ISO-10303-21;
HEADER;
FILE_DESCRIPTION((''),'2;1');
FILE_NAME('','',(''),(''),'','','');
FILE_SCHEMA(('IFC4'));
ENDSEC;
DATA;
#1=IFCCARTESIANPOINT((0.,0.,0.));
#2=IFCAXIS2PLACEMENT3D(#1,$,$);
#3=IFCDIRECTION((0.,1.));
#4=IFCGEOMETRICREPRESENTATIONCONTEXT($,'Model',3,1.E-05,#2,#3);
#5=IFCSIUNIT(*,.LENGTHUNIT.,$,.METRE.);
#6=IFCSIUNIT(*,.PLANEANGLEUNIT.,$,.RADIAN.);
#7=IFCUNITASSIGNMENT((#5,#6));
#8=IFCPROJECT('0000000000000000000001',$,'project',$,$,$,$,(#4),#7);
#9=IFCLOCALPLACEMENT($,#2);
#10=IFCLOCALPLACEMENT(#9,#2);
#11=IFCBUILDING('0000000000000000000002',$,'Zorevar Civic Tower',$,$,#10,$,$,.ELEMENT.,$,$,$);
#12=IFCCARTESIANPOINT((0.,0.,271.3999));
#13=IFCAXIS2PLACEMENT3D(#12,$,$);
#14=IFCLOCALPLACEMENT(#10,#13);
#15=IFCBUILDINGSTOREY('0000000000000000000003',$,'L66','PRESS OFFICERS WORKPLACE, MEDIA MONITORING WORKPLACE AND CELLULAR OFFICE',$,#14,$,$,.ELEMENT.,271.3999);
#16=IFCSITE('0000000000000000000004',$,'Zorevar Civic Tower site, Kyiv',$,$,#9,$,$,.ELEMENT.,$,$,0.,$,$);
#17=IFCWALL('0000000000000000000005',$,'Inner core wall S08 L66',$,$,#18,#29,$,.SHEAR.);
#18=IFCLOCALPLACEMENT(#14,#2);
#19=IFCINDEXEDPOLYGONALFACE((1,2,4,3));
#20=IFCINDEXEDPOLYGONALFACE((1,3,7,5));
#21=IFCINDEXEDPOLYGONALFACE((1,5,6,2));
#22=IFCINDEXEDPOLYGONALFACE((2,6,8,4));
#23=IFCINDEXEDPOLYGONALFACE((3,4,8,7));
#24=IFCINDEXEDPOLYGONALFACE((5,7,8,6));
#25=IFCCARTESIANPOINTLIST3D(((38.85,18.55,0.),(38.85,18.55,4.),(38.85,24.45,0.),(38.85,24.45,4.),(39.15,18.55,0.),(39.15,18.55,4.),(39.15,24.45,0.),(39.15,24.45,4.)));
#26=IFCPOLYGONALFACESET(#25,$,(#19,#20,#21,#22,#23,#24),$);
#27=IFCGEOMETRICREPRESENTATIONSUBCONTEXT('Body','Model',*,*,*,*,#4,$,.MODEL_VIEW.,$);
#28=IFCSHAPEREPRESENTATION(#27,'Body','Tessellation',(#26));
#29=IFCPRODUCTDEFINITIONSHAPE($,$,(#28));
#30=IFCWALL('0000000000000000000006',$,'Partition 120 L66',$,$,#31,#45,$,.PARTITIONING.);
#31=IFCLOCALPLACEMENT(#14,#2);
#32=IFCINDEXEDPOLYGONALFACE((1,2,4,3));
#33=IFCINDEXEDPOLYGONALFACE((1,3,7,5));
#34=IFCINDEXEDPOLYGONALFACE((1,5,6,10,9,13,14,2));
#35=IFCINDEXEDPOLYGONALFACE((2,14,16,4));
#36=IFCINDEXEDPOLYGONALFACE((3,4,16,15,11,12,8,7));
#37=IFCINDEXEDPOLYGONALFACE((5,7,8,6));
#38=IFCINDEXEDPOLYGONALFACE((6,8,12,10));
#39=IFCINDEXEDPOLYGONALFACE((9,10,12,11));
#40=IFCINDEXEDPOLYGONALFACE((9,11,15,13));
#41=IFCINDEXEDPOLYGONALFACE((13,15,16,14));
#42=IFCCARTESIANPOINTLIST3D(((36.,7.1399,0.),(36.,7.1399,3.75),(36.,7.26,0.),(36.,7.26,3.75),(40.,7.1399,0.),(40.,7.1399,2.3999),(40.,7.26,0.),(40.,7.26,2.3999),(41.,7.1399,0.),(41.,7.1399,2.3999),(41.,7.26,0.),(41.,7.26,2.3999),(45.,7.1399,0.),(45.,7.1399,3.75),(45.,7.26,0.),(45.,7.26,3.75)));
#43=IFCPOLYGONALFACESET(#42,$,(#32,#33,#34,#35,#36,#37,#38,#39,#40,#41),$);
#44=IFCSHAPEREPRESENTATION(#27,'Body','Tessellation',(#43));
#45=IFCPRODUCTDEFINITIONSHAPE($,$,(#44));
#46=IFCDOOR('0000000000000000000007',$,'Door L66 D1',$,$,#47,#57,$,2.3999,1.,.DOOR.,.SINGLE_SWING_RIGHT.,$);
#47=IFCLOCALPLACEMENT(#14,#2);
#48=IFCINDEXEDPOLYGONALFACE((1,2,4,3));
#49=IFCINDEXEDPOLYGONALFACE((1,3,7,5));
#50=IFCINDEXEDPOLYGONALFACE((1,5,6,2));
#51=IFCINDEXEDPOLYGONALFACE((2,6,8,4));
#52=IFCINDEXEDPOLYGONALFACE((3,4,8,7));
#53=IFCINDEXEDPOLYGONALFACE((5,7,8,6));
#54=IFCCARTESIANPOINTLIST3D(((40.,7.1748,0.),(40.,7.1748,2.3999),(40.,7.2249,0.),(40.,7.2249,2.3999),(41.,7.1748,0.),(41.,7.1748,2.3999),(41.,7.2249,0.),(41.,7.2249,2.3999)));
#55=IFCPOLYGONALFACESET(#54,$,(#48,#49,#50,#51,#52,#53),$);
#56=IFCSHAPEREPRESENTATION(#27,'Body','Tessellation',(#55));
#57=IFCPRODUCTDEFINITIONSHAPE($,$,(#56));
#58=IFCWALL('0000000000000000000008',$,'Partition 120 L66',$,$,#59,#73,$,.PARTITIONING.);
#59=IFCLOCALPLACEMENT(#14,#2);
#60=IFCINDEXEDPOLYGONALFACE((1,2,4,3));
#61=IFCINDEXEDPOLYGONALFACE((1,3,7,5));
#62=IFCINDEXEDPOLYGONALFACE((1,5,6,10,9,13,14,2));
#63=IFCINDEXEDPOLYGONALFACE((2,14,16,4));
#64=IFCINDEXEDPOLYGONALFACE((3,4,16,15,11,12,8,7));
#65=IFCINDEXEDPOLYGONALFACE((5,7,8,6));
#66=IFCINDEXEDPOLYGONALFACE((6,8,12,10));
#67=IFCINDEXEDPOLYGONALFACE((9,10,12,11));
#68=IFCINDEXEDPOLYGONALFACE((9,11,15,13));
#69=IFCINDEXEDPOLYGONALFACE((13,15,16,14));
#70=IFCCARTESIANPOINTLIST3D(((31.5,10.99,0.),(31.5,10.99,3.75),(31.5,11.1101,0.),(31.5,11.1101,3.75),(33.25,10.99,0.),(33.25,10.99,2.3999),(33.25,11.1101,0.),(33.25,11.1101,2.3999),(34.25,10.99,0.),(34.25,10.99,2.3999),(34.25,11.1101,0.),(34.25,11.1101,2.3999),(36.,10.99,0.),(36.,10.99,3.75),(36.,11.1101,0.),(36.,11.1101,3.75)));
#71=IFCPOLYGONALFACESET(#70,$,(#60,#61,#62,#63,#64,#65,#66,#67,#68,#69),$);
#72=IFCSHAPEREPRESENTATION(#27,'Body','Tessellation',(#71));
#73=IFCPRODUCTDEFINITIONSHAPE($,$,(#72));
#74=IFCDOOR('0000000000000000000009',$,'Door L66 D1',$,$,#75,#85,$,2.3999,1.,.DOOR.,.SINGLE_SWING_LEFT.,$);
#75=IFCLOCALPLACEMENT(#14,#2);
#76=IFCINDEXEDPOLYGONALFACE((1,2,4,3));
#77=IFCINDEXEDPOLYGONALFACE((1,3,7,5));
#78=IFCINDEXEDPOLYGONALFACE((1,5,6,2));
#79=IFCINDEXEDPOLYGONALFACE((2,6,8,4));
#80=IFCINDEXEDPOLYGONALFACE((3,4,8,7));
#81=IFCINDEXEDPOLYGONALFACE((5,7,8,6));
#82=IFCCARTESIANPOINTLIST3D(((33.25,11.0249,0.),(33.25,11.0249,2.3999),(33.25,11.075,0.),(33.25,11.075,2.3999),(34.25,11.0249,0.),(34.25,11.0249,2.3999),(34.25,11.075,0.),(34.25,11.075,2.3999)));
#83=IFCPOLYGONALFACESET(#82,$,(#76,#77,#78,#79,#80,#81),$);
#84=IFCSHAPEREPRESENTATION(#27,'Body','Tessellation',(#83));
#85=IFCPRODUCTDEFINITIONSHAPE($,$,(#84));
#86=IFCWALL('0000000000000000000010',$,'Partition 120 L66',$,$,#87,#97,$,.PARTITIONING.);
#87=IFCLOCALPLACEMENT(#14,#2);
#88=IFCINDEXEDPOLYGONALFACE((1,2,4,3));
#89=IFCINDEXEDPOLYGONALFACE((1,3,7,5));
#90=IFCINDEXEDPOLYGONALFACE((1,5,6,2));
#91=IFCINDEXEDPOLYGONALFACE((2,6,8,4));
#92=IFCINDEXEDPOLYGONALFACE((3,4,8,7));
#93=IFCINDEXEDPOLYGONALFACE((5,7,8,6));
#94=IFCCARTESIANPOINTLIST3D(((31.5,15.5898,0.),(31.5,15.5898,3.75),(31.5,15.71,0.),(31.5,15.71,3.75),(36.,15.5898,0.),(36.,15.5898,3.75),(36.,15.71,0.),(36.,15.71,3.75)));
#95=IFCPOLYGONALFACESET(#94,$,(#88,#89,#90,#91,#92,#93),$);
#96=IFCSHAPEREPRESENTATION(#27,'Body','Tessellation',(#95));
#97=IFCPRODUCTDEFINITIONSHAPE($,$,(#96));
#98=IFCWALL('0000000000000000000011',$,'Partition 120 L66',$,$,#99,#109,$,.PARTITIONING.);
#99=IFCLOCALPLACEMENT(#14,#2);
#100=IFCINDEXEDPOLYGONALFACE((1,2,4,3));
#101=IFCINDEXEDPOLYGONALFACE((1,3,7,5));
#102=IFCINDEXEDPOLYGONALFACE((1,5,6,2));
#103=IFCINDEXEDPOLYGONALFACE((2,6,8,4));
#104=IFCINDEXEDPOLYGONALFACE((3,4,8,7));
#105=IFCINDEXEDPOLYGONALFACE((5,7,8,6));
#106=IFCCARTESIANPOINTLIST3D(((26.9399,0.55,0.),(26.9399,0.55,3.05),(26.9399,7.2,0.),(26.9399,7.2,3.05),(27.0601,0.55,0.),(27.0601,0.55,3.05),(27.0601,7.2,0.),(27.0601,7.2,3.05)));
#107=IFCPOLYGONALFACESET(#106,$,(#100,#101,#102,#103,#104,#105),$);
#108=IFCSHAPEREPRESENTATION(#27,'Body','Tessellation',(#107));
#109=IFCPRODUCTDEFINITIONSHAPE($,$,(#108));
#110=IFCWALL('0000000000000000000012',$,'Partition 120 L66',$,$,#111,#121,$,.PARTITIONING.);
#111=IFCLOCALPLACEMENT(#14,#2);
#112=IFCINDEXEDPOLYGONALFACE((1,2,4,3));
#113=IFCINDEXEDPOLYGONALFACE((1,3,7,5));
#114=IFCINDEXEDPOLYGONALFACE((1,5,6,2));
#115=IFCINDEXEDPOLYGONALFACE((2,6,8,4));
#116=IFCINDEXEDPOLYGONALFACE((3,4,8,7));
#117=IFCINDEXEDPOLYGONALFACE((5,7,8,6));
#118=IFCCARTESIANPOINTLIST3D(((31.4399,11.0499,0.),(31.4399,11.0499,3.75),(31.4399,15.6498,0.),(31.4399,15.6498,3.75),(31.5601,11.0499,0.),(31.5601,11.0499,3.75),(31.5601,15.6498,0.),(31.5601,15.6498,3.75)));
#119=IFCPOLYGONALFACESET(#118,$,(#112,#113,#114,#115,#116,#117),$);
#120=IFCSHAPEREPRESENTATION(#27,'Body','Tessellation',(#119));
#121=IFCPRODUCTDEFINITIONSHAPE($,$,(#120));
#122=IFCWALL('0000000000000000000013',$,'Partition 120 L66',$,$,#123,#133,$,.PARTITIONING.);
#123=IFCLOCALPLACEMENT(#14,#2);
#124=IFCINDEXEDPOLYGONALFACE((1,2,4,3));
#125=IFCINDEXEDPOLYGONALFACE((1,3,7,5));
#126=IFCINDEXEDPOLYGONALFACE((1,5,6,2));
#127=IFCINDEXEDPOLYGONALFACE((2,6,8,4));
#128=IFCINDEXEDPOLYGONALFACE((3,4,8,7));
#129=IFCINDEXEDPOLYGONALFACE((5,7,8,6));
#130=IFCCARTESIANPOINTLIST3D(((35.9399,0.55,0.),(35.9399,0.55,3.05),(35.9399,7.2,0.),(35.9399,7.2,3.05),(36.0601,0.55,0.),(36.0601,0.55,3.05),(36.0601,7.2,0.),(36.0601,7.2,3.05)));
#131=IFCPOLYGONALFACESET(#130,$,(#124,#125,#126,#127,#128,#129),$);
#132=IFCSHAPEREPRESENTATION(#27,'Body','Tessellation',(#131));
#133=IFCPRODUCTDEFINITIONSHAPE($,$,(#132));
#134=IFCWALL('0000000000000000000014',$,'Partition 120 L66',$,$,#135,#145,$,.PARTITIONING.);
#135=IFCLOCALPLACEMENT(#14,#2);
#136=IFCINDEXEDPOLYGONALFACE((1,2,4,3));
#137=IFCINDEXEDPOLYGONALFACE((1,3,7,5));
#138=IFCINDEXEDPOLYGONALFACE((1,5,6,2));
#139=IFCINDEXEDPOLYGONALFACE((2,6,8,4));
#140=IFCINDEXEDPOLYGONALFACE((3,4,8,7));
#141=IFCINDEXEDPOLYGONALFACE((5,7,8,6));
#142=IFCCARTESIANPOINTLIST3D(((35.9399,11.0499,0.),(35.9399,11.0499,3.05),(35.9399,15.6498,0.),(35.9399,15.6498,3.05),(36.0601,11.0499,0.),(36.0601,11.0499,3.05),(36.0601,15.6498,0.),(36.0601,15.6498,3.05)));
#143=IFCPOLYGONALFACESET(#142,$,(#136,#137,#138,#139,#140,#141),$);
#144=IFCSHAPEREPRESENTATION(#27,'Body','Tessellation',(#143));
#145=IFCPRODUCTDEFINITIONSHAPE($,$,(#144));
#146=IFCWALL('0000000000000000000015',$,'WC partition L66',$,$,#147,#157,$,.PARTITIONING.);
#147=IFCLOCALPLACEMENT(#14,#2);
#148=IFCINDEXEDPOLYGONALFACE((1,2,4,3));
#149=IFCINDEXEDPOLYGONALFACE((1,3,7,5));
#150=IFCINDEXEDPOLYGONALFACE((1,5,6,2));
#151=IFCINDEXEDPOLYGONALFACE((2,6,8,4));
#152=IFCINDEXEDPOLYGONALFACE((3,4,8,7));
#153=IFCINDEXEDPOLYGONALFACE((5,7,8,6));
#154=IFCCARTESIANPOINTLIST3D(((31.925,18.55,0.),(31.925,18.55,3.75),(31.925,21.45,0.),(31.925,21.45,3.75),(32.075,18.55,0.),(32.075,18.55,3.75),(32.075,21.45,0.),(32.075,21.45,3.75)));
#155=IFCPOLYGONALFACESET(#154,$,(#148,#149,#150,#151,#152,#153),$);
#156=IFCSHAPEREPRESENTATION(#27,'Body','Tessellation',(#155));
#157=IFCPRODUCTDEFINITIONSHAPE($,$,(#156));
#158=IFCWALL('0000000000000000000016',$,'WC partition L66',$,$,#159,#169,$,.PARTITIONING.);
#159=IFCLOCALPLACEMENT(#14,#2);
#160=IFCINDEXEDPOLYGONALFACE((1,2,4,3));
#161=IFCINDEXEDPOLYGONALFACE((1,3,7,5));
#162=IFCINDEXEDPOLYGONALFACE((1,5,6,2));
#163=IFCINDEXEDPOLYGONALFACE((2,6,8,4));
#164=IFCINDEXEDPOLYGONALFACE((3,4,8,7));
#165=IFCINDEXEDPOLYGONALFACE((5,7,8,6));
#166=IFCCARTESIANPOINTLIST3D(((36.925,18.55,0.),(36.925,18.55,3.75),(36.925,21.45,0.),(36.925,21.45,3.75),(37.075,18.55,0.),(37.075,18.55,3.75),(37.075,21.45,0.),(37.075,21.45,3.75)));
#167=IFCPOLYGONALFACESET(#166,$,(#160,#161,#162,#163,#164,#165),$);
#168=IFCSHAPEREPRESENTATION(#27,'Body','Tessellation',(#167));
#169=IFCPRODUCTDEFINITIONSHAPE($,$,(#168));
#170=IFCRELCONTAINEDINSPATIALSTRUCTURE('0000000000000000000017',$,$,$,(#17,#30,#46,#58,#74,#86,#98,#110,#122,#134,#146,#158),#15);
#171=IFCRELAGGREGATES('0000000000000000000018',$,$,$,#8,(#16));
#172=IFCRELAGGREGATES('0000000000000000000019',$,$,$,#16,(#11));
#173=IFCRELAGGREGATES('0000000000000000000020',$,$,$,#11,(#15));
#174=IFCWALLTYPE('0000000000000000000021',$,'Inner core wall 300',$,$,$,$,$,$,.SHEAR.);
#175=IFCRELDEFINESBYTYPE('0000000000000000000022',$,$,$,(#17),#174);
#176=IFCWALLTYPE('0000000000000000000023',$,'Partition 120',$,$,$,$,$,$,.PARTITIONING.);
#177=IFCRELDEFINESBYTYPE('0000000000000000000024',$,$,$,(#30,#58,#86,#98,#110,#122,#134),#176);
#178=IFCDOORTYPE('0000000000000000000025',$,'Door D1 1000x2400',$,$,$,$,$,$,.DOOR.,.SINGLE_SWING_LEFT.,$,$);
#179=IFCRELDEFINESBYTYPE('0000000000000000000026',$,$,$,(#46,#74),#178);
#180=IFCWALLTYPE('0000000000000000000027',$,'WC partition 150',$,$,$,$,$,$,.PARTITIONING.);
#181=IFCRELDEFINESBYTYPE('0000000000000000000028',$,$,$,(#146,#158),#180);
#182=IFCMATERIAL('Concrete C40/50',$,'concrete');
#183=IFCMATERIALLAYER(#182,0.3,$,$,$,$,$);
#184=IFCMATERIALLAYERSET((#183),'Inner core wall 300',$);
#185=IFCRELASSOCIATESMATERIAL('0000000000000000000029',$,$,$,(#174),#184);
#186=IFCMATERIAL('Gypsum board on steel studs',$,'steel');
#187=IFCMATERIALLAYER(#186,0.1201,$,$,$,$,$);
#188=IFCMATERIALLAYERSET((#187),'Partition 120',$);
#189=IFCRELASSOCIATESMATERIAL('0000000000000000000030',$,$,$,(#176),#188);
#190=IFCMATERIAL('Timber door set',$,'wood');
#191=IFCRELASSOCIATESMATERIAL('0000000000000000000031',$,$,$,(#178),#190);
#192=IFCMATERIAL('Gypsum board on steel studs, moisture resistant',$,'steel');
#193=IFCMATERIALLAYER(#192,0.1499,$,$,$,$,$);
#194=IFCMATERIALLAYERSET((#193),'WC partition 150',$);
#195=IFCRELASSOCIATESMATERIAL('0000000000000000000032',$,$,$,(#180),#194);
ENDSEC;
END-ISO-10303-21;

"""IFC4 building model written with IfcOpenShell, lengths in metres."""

from ifc_helpers import new_model, si_unit, direction, frame, frame_2d, origin, place, context, subcontext, project, spatial, rectangle, extrude, material, layer, layer_set, type_object, element, fill, save


model = new_model("IFC4")

# Units and contexts
model_context = context("Model", 3, precision=1e-05, world=origin(), true_north=direction((0.0, 1.0)))
body_context = subcontext(model_context, "Body", "Model", "MODEL_VIEW")
ifc_project = project(units=[si_unit("LENGTHUNIT", "METRE"), si_unit("PLANEANGLEUNIT", "RADIAN")], contexts=[model_context])

# Site, building, storey
site_placement = place(None, origin())
site = spatial("IfcSite", under=ifc_project, at=site_placement, Name="Zorevar Civic Tower site, Kyiv", CompositionType="ELEMENT", RefElevation=0.0)
building_placement = place(site_placement, origin())
building = spatial("IfcBuilding", under=site, at=building_placement, Name="Zorevar Civic Tower", CompositionType="ELEMENT")
storey_placement = place(building_placement, frame((0.0, 0.0, 271.3999)))
storey = spatial("IfcBuildingStorey", under=building, at=storey_placement, Name="L66", Description="PRESS OFFICERS WORKPLACE, MEDIA MONITORING WORKPLACE AND CELLULAR OFFICE", CompositionType="ELEMENT", Elevation=271.3999)

# Wall
ifc_material_1 = material(Name="Concrete C40/50", Category="concrete")
ifc_layer_1 = layer(ifc_material_1, 0.3)
ifc_layer_set_1 = layer_set([ifc_layer_1], Name="Inner core wall 300")
wall_type_1 = type_object("IfcWallType", Name="Inner core wall 300", PredefinedType="SHEAR", material=ifc_layer_set_1)
wall_1_placement = place(storey_placement, frame((39.0, 18.55, 0.0), z_axis=(0.0, 0.0, 1.0), x_axis=(0.0, 1.0, 0.0)))
element("IfcWall", 1, at=wall_1_placement, inside=storey, type_object=wall_type_1, Name="Inner core wall S08 L66", PredefinedType="SHEAR", context=body_context, shape_type="SweptSolid", body=[
    extrude(rectangle(XDim=5.8999, YDim=0.3, at=frame_2d((2.95, 0.0))), origin(), (0.0, 0.0, 1.0), 4.0),
])

# Walls, openings, doors
ifc_material_2 = material(Name="Gypsum board on steel studs", Category="steel")
ifc_layer_2 = layer(ifc_material_2, 0.1201)
ifc_layer_set_2 = layer_set([ifc_layer_2], Name="Partition 120")
wall_type_2 = type_object("IfcWallType", Name="Partition 120", PredefinedType="PARTITIONING", material=ifc_layer_set_2)
wall_2_placement = place(storey_placement, frame((36.0, 7.2, 0.0), z_axis=(0.0, 0.0, 1.0), x_axis=(1.0, 0.0, 0.0)))
wall_2 = element("IfcWall", 2, at=wall_2_placement, inside=storey, type_object=wall_type_2, Name="Partition 120 L66", PredefinedType="PARTITIONING", context=body_context, shape_type="SweptSolid", body=[
    extrude(rectangle(XDim=9.0, YDim=0.1201, at=frame_2d((4.5, 0.0))), origin(), (0.0, 0.0, 1.0), 3.75),
])
opening_1_placement = place(wall_2_placement, frame((4.0, 0.0, 0.0)))
opening_1 = element("IfcOpeningElement", 3, at=opening_1_placement, cuts=wall_2, PredefinedType="OPENING", context=body_context, shape_type="SweptSolid", body=[
    extrude(rectangle(XDim=1.0, YDim=2.3999, at=frame_2d((0.5, 1.2))), frame((0.0, 0.0701, 0.0), z_axis=(0.0, -1.0, 0.0), x_axis=(1.0, 0.0, 0.0)), (0.0, 0.0, 1.0), 0.1401),
])
ifc_material_3 = material(Name="Timber door set", Category="wood")
door_type_1 = type_object("IfcDoorType", Name="Door D1 1000x2400", OperationType="SINGLE_SWING_LEFT", PredefinedType="DOOR", material=ifc_material_3)
door_1_placement = place(opening_1_placement, origin())
door_1 = element("IfcDoor", 4, at=door_1_placement, inside=storey, type_object=door_type_1, Name="Door L66 D1", OperationType="SINGLE_SWING_RIGHT", OverallHeight=2.3999, OverallWidth=1.0, PredefinedType="DOOR", context=body_context, shape_type="SweptSolid", body=[
    extrude(rectangle(XDim=1.0, YDim=2.3999, at=frame_2d((0.5, 1.2))), frame((0.0, 0.0249, 0.0), z_axis=(0.0, -1.0, 0.0), x_axis=(1.0, 0.0, 0.0)), (0.0, 0.0, 1.0), 0.05),
])
fill(opening_1, door_1)
wall_3_placement = place(storey_placement, frame((31.5, 11.05, 0.0), z_axis=(0.0, 0.0, 1.0), x_axis=(1.0, 0.0, 0.0)))
wall_3 = element("IfcWall", 5, at=wall_3_placement, inside=storey, type_object=wall_type_2, Name="Partition 120 L66", PredefinedType="PARTITIONING", context=body_context, shape_type="SweptSolid", body=[
    extrude(rectangle(XDim=4.5, YDim=0.1201, at=frame_2d((2.25, 0.0))), origin(), (0.0, 0.0, 1.0), 3.75),
])
opening_2_placement = place(wall_3_placement, frame((1.75, 0.0, 0.0)))
opening_2 = element("IfcOpeningElement", 6, at=opening_2_placement, cuts=wall_3, PredefinedType="OPENING", context=body_context, shape_type="SweptSolid", body=[
    extrude(rectangle(XDim=1.0, YDim=2.3999, at=frame_2d((0.5, 1.2))), frame((0.0, 0.0701, 0.0), z_axis=(0.0, -1.0, 0.0), x_axis=(1.0, 0.0, 0.0)), (0.0, 0.0, 1.0), 0.1401),
])
door_2_placement = place(opening_2_placement, origin())
door_2 = element("IfcDoor", 7, at=door_2_placement, inside=storey, type_object=door_type_1, Name="Door L66 D1", OperationType="SINGLE_SWING_LEFT", OverallHeight=2.3999, OverallWidth=1.0, PredefinedType="DOOR", context=body_context, shape_type="SweptSolid", body=[
    extrude(rectangle(XDim=1.0, YDim=2.3999, at=frame_2d((0.5, 1.2))), frame((0.0, 0.0249, 0.0), z_axis=(0.0, -1.0, 0.0), x_axis=(1.0, 0.0, 0.0)), (0.0, 0.0, 1.0), 0.05),
])
fill(opening_2, door_2)

# Walls
wall_4_placement = place(storey_placement, frame((31.5, 15.6499, 0.0), z_axis=(0.0, 0.0, 1.0), x_axis=(1.0, 0.0, 0.0)))
element("IfcWall", 8, at=wall_4_placement, inside=storey, type_object=wall_type_2, Name="Partition 120 L66", PredefinedType="PARTITIONING", context=body_context, shape_type="SweptSolid", body=[
    extrude(rectangle(XDim=4.5, YDim=0.1201, at=frame_2d((2.25, 0.0))), origin(), (0.0, 0.0, 1.0), 3.75),
])
wall_5_placement = place(storey_placement, frame((27.0, 0.55, 0.0), z_axis=(0.0, 0.0, 1.0), x_axis=(0.0, 1.0, 0.0)))
element("IfcWall", 9, at=wall_5_placement, inside=storey, type_object=wall_type_2, Name="Partition 120 L66", PredefinedType="PARTITIONING", context=body_context, shape_type="SweptSolid", body=[
    extrude(rectangle(XDim=6.6499, YDim=0.1201, at=frame_2d((3.325, 0.0))), origin(), (0.0, 0.0, 1.0), 3.05),
])
wall_6_placement = place(storey_placement, frame((31.5, 11.05, 0.0), z_axis=(0.0, 0.0, 1.0), x_axis=(0.0, 1.0, 0.0)))
element("IfcWall", 10, at=wall_6_placement, inside=storey, type_object=wall_type_2, Name="Partition 120 L66", PredefinedType="PARTITIONING", context=body_context, shape_type="SweptSolid", body=[
    extrude(rectangle(XDim=4.5999, YDim=0.1201, at=frame_2d((2.2998, 0.0))), origin(), (0.0, 0.0, 1.0), 3.75),
])
wall_7_placement = place(storey_placement, frame((36.0, 0.55, 0.0), z_axis=(0.0, 0.0, 1.0), x_axis=(0.0, 1.0, 0.0)))
element("IfcWall", 11, at=wall_7_placement, inside=storey, type_object=wall_type_2, Name="Partition 120 L66", PredefinedType="PARTITIONING", context=body_context, shape_type="SweptSolid", body=[
    extrude(rectangle(XDim=6.6499, YDim=0.1201, at=frame_2d((3.325, 0.0))), origin(), (0.0, 0.0, 1.0), 3.05),
])
wall_8_placement = place(storey_placement, frame((36.0, 11.05, 0.0), z_axis=(0.0, 0.0, 1.0), x_axis=(0.0, 1.0, 0.0)))
element("IfcWall", 12, at=wall_8_placement, inside=storey, type_object=wall_type_2, Name="Partition 120 L66", PredefinedType="PARTITIONING", context=body_context, shape_type="SweptSolid", body=[
    extrude(rectangle(XDim=4.5999, YDim=0.1201, at=frame_2d((2.2998, 0.0))), origin(), (0.0, 0.0, 1.0), 3.05),
])

# Walls
ifc_material_4 = material(Name="Gypsum board on steel studs, moisture resistant", Category="steel")
ifc_layer_3 = layer(ifc_material_4, 0.1499)
ifc_layer_set_3 = layer_set([ifc_layer_3], Name="WC partition 150")
wall_type_3 = type_object("IfcWallType", Name="WC partition 150", PredefinedType="PARTITIONING", material=ifc_layer_set_3)
for number, where, z_axis, x_axis, name in (
    (13, (32.0, 18.55, 0.0), (0.0, 0.0, 1.0), (0.0, 1.0, 0.0), "WC partition L66"),
    (14, (37.0, 18.55, 0.0), (0.0, 0.0, 1.0), (0.0, 1.0, 0.0), "WC partition L66"),
):
    element("IfcWall", number, at=place(storey_placement, frame(where, z_axis=z_axis, x_axis=x_axis)), inside=storey, type_object=wall_type_3, Name=name, PredefinedType="PARTITIONING", context=body_context, shape_type="SweptSolid", body=[
        extrude(rectangle(XDim=2.8999, YDim=0.1499, at=frame_2d((1.45, 0.0))), origin(), (0.0, 0.0, 1.0), 3.75),
    ])

save(model, "model.ifc")
